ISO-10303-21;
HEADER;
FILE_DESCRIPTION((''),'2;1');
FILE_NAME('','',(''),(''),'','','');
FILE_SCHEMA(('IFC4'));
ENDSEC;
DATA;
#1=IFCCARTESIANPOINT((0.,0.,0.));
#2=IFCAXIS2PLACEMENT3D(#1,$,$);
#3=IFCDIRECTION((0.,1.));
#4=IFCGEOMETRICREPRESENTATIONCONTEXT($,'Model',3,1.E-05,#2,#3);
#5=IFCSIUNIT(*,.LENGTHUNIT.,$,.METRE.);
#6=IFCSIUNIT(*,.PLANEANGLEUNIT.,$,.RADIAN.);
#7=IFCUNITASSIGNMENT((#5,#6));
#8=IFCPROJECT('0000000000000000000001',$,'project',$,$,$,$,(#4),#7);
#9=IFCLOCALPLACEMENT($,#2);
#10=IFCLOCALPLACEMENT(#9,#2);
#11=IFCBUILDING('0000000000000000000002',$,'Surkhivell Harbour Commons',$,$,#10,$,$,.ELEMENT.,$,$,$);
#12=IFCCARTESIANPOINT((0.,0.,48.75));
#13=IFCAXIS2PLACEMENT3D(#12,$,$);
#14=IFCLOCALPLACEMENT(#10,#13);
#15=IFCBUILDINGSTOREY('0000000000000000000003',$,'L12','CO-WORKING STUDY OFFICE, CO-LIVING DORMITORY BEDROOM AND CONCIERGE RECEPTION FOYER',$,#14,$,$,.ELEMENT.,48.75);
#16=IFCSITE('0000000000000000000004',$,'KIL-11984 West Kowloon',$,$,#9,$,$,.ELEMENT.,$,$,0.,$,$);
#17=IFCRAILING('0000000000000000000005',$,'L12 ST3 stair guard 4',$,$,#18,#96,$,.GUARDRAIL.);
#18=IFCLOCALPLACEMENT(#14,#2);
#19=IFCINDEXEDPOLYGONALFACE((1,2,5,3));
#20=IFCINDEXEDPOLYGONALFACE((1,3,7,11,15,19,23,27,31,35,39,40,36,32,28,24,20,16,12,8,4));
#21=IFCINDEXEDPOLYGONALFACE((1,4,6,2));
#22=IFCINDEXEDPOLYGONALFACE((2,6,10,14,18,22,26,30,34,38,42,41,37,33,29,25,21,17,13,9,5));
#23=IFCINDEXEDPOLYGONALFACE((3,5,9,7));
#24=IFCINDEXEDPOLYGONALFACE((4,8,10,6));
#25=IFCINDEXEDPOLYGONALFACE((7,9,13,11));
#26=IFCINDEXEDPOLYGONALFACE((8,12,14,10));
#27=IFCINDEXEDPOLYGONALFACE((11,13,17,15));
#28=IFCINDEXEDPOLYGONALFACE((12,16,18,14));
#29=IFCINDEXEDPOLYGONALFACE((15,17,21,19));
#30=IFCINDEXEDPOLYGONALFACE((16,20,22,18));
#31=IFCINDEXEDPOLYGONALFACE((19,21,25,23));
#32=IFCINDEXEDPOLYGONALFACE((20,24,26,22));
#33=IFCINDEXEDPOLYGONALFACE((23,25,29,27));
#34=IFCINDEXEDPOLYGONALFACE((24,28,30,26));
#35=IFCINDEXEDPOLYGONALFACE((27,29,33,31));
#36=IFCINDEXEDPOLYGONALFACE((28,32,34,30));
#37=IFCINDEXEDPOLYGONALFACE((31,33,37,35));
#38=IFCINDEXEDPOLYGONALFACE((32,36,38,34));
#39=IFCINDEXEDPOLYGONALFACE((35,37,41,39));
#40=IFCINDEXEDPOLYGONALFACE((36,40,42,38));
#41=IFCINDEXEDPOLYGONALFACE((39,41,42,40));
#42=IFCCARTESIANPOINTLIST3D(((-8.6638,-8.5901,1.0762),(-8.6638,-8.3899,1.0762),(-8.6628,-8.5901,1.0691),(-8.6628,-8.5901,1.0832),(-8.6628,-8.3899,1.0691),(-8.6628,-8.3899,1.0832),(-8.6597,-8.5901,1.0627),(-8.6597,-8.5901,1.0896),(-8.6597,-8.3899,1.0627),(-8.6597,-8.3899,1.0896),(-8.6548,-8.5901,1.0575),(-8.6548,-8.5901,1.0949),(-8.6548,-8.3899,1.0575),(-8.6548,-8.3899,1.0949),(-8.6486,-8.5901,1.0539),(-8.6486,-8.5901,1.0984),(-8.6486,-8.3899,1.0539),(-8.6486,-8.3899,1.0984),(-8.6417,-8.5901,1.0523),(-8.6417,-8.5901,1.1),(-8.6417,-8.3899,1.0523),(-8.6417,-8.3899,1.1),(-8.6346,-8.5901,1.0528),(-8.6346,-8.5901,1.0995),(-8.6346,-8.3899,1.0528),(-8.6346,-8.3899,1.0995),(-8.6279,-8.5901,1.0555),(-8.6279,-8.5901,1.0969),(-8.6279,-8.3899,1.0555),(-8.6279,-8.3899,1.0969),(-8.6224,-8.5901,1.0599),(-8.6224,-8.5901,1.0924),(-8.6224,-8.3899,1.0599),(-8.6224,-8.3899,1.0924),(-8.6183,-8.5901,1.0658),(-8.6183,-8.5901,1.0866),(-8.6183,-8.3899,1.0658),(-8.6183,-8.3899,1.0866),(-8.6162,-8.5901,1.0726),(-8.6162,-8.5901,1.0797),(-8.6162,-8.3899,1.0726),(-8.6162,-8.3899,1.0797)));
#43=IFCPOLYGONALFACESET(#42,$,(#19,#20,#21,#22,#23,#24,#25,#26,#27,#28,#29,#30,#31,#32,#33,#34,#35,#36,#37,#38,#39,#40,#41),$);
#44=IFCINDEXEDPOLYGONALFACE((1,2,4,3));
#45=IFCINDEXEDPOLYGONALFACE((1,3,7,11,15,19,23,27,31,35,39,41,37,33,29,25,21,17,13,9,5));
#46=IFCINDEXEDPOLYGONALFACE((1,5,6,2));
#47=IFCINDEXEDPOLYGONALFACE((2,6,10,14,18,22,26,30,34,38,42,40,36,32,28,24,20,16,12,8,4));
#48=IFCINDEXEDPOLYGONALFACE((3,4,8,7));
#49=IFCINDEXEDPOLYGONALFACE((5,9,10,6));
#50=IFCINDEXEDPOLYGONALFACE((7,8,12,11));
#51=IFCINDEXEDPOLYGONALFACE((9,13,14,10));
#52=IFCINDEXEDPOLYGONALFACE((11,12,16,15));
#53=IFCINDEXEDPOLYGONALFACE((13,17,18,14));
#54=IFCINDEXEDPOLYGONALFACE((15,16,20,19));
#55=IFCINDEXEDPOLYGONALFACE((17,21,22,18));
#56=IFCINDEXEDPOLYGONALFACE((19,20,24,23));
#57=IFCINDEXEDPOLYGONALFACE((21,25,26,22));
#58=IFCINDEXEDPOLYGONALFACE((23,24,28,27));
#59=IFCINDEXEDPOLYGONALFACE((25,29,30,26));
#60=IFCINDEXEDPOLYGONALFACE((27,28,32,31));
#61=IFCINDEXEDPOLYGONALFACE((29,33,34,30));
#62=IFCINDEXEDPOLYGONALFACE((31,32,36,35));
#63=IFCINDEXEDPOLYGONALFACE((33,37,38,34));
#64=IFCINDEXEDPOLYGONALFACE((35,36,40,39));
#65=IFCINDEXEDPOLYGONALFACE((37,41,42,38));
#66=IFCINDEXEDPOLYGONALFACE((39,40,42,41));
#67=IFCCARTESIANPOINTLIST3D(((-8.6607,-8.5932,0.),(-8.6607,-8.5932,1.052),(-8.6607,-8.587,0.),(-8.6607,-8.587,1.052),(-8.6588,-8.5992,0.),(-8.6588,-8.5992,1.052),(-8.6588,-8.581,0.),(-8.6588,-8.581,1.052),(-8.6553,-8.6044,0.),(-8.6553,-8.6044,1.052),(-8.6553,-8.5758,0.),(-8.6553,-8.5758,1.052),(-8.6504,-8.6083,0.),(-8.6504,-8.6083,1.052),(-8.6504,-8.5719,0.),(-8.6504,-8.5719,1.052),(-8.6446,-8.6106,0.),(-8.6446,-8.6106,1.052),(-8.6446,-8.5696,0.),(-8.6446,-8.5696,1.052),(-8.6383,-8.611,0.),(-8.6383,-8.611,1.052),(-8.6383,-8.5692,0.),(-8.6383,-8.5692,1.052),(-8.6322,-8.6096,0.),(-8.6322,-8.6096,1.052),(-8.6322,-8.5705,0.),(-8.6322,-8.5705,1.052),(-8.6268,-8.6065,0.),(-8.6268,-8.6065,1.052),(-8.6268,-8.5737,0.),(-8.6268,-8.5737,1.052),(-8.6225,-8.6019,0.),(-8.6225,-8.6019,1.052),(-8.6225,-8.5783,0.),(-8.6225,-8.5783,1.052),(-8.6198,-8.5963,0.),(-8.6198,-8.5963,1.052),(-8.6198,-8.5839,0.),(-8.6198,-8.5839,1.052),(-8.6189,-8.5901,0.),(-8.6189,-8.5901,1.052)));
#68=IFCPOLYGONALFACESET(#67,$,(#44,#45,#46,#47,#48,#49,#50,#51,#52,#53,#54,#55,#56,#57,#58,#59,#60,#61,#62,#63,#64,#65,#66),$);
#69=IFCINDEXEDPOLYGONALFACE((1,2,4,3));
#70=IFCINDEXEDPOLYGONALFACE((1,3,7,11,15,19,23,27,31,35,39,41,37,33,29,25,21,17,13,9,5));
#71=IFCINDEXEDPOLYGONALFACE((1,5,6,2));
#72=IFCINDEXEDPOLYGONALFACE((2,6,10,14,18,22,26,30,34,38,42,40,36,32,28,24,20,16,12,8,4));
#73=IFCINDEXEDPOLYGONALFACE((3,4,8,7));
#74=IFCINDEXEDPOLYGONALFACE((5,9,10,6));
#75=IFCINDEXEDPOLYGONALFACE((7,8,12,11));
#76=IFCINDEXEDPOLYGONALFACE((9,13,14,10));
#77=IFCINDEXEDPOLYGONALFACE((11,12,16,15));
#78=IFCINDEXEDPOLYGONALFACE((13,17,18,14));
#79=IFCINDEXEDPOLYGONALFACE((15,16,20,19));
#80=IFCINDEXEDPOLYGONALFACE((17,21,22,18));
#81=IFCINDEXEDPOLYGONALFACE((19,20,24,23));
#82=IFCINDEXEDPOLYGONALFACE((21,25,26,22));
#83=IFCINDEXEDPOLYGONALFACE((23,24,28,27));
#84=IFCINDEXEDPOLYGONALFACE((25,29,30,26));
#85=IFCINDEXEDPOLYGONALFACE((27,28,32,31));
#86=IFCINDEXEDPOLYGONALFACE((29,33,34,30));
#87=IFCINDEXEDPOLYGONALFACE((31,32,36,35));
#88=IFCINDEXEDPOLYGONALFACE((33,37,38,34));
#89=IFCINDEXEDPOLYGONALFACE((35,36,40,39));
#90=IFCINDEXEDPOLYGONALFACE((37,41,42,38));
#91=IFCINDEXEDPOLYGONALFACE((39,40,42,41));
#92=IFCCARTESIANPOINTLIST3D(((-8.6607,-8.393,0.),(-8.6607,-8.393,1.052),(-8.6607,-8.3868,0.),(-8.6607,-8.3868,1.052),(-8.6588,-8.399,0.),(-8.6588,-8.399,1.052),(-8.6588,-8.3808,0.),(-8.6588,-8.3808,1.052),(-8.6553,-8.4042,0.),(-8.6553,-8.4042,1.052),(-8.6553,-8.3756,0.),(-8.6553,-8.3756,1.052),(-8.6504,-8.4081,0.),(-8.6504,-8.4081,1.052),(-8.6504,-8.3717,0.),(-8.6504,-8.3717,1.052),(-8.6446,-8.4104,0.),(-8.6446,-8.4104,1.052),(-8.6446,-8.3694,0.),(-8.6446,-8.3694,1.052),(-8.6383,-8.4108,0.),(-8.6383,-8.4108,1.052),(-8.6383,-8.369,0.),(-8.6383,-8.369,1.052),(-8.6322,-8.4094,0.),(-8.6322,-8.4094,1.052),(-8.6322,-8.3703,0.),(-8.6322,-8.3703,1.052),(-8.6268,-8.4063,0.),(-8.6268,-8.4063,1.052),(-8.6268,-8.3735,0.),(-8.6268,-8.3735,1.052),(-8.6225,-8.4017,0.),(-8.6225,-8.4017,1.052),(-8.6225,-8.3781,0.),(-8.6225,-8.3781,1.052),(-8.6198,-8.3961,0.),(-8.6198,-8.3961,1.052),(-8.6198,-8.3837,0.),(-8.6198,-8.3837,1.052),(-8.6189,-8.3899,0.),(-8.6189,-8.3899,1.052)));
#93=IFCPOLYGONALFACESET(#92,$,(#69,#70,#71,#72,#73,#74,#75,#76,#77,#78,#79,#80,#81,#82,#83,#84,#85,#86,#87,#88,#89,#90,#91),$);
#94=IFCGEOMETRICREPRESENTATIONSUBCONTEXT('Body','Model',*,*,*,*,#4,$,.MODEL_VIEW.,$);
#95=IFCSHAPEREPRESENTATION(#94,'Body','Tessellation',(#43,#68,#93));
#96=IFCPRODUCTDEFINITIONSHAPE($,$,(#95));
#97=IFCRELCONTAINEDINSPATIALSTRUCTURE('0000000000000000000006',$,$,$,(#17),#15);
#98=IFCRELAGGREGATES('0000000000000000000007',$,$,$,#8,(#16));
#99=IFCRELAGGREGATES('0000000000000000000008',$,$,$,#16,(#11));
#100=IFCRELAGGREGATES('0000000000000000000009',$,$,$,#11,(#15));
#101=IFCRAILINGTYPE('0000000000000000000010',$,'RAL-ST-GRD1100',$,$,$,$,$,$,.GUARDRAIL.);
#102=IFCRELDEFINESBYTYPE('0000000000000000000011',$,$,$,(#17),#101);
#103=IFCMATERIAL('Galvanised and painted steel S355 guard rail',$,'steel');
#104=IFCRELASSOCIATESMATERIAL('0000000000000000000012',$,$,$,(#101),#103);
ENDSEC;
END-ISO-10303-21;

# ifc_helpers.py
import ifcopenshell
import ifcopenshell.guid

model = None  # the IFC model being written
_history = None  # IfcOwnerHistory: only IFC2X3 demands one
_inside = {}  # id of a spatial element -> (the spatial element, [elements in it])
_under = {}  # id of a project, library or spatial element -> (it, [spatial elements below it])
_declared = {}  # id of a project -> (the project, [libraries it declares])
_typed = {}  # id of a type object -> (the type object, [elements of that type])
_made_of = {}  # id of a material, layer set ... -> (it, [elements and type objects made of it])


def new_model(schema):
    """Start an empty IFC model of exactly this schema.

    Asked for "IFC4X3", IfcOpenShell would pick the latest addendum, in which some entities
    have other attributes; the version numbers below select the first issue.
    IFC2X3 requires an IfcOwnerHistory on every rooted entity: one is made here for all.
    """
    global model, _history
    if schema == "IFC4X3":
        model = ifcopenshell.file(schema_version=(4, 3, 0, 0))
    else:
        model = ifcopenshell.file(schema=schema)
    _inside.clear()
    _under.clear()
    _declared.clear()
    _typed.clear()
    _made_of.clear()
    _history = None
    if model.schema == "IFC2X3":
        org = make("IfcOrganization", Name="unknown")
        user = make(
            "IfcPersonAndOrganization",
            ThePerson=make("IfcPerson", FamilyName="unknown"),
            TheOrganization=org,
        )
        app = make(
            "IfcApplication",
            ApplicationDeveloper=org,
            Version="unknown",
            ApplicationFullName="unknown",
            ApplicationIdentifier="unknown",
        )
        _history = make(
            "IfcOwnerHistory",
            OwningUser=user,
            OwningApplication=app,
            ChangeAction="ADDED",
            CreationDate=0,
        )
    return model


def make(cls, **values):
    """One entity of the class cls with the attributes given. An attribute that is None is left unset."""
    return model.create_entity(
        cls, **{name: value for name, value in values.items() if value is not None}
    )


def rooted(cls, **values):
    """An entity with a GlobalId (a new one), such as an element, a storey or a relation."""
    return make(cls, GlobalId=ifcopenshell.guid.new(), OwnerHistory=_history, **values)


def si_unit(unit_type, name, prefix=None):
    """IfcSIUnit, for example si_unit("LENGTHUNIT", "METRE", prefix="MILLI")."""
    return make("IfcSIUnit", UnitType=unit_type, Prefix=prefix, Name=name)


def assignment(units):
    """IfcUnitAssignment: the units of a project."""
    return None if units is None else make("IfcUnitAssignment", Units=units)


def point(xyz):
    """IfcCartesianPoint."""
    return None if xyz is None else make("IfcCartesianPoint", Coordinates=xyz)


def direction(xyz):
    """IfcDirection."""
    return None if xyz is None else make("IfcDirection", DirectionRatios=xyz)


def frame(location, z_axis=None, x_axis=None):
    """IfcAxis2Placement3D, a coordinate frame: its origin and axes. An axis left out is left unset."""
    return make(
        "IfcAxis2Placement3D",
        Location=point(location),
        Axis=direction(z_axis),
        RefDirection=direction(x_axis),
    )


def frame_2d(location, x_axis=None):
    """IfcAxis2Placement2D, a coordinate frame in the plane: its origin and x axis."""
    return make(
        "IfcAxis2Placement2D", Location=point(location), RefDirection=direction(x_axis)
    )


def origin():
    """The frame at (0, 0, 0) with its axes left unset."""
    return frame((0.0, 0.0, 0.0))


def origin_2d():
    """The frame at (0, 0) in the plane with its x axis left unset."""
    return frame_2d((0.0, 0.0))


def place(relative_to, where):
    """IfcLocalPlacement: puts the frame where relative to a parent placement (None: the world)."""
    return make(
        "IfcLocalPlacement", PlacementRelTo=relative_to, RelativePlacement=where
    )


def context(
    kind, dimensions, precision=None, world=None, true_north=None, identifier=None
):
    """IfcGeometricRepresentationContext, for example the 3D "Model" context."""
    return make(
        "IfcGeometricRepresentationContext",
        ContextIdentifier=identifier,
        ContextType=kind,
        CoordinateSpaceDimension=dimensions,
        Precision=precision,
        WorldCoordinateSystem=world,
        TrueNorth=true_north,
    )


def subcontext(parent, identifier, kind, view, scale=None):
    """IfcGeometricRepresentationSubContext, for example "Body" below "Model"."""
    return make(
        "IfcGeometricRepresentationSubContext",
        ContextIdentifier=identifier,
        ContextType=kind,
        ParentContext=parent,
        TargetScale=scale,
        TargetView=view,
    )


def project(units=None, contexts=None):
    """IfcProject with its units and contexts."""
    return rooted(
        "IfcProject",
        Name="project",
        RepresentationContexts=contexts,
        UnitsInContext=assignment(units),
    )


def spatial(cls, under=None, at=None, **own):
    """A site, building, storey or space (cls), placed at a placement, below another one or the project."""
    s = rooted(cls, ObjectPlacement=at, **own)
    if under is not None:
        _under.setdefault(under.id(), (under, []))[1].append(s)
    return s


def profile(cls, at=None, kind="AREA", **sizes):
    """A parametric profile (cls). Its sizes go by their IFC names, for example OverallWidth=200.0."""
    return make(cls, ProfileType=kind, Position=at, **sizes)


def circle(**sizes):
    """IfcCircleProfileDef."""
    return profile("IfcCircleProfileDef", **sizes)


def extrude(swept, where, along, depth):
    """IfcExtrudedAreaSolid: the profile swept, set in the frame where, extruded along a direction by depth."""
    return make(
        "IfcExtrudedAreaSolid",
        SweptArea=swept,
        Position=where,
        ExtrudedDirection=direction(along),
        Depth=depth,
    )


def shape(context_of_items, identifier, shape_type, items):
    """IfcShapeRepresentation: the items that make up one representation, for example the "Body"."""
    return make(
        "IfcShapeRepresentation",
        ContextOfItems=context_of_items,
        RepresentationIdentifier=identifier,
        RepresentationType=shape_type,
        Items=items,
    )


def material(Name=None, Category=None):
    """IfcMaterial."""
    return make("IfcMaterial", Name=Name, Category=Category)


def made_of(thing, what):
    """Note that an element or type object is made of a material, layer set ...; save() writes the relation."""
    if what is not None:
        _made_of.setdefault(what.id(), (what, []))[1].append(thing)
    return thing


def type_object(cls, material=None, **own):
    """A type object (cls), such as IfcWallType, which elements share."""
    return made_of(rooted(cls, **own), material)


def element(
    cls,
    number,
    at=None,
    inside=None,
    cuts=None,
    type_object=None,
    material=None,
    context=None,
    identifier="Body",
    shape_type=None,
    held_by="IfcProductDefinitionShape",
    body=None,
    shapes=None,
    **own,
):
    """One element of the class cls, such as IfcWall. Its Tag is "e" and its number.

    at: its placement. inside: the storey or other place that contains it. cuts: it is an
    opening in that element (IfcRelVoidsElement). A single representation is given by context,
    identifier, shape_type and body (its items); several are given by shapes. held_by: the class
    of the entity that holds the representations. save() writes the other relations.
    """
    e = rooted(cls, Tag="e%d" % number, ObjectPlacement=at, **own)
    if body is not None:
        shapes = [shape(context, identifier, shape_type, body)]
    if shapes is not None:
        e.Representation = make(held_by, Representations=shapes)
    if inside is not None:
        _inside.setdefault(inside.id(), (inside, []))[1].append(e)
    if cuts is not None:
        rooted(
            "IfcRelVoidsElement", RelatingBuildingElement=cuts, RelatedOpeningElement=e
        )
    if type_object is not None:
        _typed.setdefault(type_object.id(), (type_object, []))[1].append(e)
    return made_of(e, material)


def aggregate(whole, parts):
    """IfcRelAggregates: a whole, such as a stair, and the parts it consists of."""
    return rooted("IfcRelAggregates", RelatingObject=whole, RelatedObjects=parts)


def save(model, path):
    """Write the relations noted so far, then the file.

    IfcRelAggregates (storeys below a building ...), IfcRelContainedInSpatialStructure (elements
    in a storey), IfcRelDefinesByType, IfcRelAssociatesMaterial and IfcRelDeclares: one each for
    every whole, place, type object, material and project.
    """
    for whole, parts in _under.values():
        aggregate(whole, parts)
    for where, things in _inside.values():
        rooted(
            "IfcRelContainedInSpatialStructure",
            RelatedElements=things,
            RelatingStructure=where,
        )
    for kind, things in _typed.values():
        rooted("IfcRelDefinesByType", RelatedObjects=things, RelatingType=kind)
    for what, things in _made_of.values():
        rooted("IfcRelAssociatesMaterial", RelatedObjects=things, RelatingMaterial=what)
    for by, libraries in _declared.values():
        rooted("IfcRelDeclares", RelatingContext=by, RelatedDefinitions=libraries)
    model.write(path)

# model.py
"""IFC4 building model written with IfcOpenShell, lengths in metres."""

from ifc_helpers import new_model, si_unit, direction, frame, origin, origin_2d, place, context, subcontext, project, spatial, circle, extrude, material, type_object, element, save


model = new_model("IFC4")

# Units and contexts
model_context = context("Model", 3, precision=1e-05, world=origin(), true_north=direction((0.0, 1.0)))
body_context = subcontext(model_context, "Body", "Model", "MODEL_VIEW")
ifc_project = project(units=[si_unit("LENGTHUNIT", "METRE"), si_unit("PLANEANGLEUNIT", "RADIAN")], contexts=[model_context])

# Site, building, storey
site_placement = place(None, origin())
site = spatial("IfcSite", under=ifc_project, at=site_placement, Name="KIL-11984 West Kowloon", CompositionType="ELEMENT", RefElevation=0.0)
building_placement = place(site_placement, origin())
building = spatial("IfcBuilding", under=site, at=building_placement, Name="Surkhivell Harbour Commons", CompositionType="ELEMENT")
storey_placement = place(building_placement, frame((0.0, 0.0, 48.75)))
storey = spatial("IfcBuildingStorey", under=building, at=storey_placement, Name="L12", Description="CO-WORKING STUDY OFFICE, CO-LIVING DORMITORY BEDROOM AND CONCIERGE RECEPTION FOYER", CompositionType="ELEMENT", Elevation=48.75)

# Railing
ifc_material_1 = material(Name="Galvanised and painted steel S355 guard rail", Category="steel")
railing_type_1 = type_object("IfcRailingType", Name="RAL-ST-GRD1100", PredefinedType="GUARDRAIL", material=ifc_material_1)
railing_1_placement = place(storey_placement, frame((-8.6399, -8.5901, 0.0)))
element("IfcRailing", 1, at=railing_1_placement, inside=storey, type_object=railing_type_1, Name="L12 ST3 stair guard 4", PredefinedType="GUARDRAIL", context=body_context, shape_type="SweptSolid", body=[
    extrude(circle(Radius=0.0239, at=origin_2d()), frame((0.0, 0.0, 1.0762), z_axis=(0.0, 1.0, 0.0), x_axis=(-1.0, 0.0, 0.0)), (0.0, 0.0, 1.0), 0.2002),
    extrude(circle(Radius=0.021, at=origin_2d()), origin(), (0.0, 0.0, 1.0), 1.052),
    extrude(circle(Radius=0.021, at=origin_2d()), frame((0.0, 0.2002, 0.0)), (0.0, 0.0, 1.0), 1.052),
])

save(model, "model.ifc")
